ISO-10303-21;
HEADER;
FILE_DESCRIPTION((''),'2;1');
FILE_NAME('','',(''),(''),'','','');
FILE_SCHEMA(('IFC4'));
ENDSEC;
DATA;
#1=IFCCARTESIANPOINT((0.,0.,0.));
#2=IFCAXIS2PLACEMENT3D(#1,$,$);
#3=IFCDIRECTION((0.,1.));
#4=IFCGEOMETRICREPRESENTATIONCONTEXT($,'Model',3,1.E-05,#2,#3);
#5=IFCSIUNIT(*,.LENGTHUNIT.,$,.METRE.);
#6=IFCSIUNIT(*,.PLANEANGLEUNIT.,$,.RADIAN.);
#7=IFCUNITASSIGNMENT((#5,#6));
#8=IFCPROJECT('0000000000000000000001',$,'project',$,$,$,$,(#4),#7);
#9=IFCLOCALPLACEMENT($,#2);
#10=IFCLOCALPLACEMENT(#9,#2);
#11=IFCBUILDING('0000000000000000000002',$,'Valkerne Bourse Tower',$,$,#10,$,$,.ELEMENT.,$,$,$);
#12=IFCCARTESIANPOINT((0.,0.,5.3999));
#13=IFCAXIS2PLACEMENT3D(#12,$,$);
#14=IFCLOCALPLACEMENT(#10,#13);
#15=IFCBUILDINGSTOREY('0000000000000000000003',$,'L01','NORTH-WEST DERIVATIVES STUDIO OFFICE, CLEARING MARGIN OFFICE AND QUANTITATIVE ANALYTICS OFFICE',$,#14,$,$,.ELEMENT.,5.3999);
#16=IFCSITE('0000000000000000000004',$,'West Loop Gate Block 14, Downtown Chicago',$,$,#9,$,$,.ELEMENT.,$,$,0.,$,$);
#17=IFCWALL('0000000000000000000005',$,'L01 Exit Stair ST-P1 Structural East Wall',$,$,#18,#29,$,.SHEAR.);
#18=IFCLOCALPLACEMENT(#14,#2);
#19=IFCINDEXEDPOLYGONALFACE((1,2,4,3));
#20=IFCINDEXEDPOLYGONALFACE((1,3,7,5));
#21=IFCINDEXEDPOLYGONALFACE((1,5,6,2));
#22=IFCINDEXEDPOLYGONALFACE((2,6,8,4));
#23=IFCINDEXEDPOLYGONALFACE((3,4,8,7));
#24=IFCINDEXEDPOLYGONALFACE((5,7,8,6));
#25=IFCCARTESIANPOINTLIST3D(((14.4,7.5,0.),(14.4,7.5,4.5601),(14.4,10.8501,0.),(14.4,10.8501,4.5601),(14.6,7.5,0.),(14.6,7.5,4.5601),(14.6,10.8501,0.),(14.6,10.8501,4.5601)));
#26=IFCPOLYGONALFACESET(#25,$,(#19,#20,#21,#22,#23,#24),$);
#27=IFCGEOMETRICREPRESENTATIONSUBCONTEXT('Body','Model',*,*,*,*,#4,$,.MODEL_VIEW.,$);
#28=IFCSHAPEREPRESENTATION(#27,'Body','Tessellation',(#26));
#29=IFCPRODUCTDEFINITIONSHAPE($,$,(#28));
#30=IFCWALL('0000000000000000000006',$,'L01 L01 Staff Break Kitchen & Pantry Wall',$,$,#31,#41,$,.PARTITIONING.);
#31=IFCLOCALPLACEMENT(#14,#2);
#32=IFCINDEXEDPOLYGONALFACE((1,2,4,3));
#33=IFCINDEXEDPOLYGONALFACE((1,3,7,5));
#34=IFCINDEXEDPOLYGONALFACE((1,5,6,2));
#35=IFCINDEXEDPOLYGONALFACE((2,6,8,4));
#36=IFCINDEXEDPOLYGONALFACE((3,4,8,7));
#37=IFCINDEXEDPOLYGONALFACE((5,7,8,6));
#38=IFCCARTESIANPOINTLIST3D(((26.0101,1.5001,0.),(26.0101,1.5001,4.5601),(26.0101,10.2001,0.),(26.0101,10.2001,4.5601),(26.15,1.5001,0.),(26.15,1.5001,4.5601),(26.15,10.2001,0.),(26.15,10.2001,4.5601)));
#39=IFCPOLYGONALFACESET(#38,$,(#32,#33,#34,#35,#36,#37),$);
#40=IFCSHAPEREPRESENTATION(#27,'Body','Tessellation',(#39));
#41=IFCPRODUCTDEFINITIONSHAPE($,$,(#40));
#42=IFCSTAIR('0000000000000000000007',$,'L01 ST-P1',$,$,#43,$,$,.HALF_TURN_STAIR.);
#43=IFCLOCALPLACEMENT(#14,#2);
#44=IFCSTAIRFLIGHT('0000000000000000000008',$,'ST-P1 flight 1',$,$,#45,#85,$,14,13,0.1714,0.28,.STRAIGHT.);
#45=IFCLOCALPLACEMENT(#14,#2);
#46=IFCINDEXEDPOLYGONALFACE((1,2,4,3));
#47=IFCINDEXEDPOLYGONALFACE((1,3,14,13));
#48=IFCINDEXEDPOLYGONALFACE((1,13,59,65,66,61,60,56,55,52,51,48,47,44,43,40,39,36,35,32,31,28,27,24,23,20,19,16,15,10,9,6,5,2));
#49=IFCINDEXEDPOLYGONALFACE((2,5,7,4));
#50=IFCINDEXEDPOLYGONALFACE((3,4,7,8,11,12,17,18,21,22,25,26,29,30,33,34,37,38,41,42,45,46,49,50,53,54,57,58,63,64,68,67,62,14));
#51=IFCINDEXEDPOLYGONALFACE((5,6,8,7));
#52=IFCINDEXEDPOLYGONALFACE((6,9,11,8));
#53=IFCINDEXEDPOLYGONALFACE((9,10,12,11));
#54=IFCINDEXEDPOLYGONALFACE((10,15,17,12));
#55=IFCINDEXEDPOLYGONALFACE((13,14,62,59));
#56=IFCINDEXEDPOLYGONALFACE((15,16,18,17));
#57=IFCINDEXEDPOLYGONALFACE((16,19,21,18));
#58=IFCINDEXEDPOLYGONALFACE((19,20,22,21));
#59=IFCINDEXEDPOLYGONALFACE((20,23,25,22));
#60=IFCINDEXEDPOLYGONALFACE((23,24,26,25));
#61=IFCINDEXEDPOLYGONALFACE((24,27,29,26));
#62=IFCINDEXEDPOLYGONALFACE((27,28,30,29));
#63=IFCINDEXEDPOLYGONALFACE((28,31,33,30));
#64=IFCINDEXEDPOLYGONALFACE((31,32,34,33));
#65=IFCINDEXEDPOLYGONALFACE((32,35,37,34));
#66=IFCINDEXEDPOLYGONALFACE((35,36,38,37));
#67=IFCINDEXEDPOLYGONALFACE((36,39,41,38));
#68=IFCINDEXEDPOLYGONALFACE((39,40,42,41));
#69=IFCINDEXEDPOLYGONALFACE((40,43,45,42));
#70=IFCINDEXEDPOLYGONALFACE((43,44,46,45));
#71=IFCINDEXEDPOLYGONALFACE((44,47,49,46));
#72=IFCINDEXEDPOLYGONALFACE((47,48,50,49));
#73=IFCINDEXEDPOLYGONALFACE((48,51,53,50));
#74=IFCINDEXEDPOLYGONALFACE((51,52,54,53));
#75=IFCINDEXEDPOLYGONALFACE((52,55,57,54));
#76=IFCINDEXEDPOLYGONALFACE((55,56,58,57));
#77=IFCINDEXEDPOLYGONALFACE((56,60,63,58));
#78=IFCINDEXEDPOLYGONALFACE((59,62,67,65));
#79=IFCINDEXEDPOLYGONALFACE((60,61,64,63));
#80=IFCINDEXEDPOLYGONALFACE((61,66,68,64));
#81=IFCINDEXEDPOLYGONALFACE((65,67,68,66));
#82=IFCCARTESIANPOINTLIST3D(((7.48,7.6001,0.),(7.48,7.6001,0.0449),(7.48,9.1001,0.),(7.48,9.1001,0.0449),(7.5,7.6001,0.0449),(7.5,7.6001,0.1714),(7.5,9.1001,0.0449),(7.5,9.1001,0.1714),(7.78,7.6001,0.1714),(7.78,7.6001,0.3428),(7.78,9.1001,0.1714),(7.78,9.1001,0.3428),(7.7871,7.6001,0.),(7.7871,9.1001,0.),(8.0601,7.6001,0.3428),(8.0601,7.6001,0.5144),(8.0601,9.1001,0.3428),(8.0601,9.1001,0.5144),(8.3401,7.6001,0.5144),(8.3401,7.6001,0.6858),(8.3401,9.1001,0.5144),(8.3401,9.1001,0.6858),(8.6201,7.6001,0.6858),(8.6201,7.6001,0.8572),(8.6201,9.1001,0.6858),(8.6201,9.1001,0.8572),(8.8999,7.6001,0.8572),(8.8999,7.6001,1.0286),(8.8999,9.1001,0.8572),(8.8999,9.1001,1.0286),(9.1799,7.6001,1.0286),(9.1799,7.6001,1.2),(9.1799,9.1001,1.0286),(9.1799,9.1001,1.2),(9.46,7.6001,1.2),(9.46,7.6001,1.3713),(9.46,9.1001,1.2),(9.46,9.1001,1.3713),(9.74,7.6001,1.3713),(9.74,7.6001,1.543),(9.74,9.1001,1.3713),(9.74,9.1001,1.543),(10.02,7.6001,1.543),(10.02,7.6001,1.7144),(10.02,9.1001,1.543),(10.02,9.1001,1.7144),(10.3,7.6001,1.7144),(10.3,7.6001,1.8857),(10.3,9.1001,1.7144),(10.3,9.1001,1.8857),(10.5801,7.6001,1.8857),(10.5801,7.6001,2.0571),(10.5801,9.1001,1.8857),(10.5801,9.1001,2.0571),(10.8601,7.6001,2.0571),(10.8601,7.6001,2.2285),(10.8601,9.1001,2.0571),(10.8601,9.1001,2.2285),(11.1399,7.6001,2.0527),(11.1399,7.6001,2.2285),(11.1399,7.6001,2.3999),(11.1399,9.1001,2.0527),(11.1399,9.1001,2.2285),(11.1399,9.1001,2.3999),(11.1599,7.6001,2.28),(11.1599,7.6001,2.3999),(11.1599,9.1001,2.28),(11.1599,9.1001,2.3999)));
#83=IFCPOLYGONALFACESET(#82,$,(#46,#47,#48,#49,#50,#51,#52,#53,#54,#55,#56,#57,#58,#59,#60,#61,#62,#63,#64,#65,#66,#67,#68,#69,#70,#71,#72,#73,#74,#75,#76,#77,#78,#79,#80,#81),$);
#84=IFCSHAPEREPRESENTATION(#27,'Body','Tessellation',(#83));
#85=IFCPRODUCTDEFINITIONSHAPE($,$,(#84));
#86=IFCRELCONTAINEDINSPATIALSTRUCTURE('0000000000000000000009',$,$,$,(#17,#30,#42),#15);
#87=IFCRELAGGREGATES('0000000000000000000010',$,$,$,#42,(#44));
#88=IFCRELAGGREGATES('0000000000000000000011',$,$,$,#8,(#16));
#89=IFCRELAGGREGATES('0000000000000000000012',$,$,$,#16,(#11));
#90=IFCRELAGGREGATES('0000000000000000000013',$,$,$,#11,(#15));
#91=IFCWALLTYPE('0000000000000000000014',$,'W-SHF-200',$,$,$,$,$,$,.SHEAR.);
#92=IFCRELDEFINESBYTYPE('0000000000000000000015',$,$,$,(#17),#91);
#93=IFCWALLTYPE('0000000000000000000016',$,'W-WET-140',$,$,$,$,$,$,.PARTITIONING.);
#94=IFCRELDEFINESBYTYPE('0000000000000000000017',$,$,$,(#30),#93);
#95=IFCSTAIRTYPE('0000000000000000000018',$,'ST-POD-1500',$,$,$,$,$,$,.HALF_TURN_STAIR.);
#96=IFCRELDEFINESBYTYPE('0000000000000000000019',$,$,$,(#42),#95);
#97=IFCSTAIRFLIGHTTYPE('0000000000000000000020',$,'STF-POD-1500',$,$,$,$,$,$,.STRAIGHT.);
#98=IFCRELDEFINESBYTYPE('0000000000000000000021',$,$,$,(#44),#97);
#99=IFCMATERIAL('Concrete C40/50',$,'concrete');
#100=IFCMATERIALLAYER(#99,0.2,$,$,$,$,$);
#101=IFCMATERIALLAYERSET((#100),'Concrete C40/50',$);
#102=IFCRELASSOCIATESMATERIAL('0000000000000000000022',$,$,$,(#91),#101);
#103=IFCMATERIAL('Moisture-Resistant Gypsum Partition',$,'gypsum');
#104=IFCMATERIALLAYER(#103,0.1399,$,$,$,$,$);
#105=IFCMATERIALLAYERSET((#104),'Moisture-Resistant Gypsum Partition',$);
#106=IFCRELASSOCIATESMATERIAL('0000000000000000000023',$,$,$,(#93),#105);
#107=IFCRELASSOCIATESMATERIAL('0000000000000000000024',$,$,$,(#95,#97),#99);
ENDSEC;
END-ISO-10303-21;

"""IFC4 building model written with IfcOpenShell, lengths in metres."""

from ifc_helpers import new_model, si_unit, direction, frame, frame_2d, origin, place, context, subcontext, project, spatial, polyline, rectangle, outline, extrude, material, layer, layer_set, type_object, element, aggregate, save


model = new_model("IFC4")

# Units and contexts
model_context = context("Model", 3, precision=1e-05, world=origin(), true_north=direction((0.0, 1.0)))
body_context = subcontext(model_context, "Body", "Model", "MODEL_VIEW")
ifc_project = project(units=[si_unit("LENGTHUNIT", "METRE"), si_unit("PLANEANGLEUNIT", "RADIAN")], contexts=[model_context])

# Site, building, storey
site_placement = place(None, origin())
site = spatial("IfcSite", under=ifc_project, at=site_placement, Name="West Loop Gate Block 14, Downtown Chicago", CompositionType="ELEMENT", RefElevation=0.0)
building_placement = place(site_placement, origin())
building = spatial("IfcBuilding", under=site, at=building_placement, Name="Valkerne Bourse Tower", CompositionType="ELEMENT")
storey_placement = place(building_placement, frame((0.0, 0.0, 5.3999)))
storey = spatial("IfcBuildingStorey", under=building, at=storey_placement, Name="L01", Description="NORTH-WEST DERIVATIVES STUDIO OFFICE, CLEARING MARGIN OFFICE AND QUANTITATIVE ANALYTICS OFFICE", CompositionType="ELEMENT", Elevation=5.3999)

# Walls
ifc_material_1 = material(Name="Concrete C40/50", Category="concrete")
ifc_layer_1 = layer(ifc_material_1, 0.2)
ifc_layer_set_1 = layer_set([ifc_layer_1], Name="Concrete C40/50")
wall_type_1 = type_object("IfcWallType", Name="W-SHF-200", PredefinedType="SHEAR", material=ifc_layer_set_1)
wall_1_placement = place(storey_placement, frame((14.5, 7.5, 0.0), z_axis=(0.0, 0.0, 1.0), x_axis=(0.0, 1.0, 0.0)))
element("IfcWall", 1, at=wall_1_placement, inside=storey, type_object=wall_type_1, Name="L01 Exit Stair ST-P1 Structural East Wall", PredefinedType="SHEAR", context=body_context, shape_type="SweptSolid", body=[
    extrude(rectangle(XDim=3.3501, YDim=0.2, at=frame_2d((1.675, 0.0))), origin(), (0.0, 0.0, 1.0), 4.5601),
])
ifc_material_2 = material(Name="Moisture-Resistant Gypsum Partition", Category="gypsum")
ifc_layer_2 = layer(ifc_material_2, 0.1399)
ifc_layer_set_2 = layer_set([ifc_layer_2], Name="Moisture-Resistant Gypsum Partition")
wall_type_2 = type_object("IfcWallType", Name="W-WET-140", PredefinedType="PARTITIONING", material=ifc_layer_set_2)
wall_2_placement = place(storey_placement, frame((26.0801, 1.5, 0.0), z_axis=(0.0, 0.0, 1.0), x_axis=(0.0, 1.0, 0.0)))
element("IfcWall", 2, at=wall_2_placement, inside=storey, type_object=wall_type_2, Name="L01 L01 Staff Break Kitchen & Pantry Wall", PredefinedType="PARTITIONING", context=body_context, shape_type="SweptSolid", body=[
    extrude(rectangle(XDim=8.7, YDim=0.1399, at=frame_2d((4.3501, 0.0))), origin(), (0.0, 0.0, 1.0), 4.5601),
])

# Stair, stair flight
stair_type = type_object("IfcStairType", Name="ST-POD-1500", PredefinedType="HALF_TURN_STAIR", material=ifc_material_1)
stair_placement = place(storey_placement, origin())
stair = element("IfcStair", 3, at=stair_placement, inside=storey, type_object=stair_type, Name="L01 ST-P1", PredefinedType="HALF_TURN_STAIR")
stair_flight_type = type_object("IfcStairFlightType", Name="STF-POD-1500", PredefinedType="STRAIGHT", material=ifc_material_1)
stair_flight_placement = place(storey_placement, frame((7.5, 8.3501, 0.0), z_axis=(0.0, 0.0, 1.0), x_axis=(1.0, 0.0, 0.0)))
stair_flight = element("IfcStairFlight", 4, at=stair_flight_placement, type_object=stair_flight_type, Name="ST-P1 flight 1", NumberOfRisers=14, NumberOfTreads=13, PredefinedType="STRAIGHT", RiserHeight=0.1714, TreadLength=0.28, context=body_context, shape_type="SweptSolid", body=[
    extrude(outline(polyline([(-0.02, 0.0), (-0.02, 0.0449), (0.0, 0.0449), (0.0, 0.1714), (0.28, 0.1714), (0.28, 0.3428), (0.5601, 0.3428), (0.5601, 0.5144), (0.8401, 0.5144), (0.8401, 0.6858), (1.1201, 0.6858), (1.1201, 0.8572), (1.3999, 0.8572), (1.3999, 1.0286), (1.6799, 1.0286), (1.6799, 1.2), (1.96, 1.2), (1.96, 1.3713), (2.24, 1.3713), (2.24, 1.543), (2.52, 1.543), (2.52, 1.7144), (2.8, 1.7144), (2.8, 1.8857), (3.0801, 1.8857), (3.0801, 2.0571), (3.3601, 2.0571), (3.3601, 2.2285), (3.6399, 2.2285), (3.6399, 2.3999), (3.6599, 2.3999), (3.6599, 2.28), (3.6399, 2.0527), (0.2871, 0.0), (-0.02, 0.0)])), frame((0.0, 0.75, 0.0), z_axis=(0.0, -1.0, 0.0), x_axis=(1.0, 0.0, 0.0)), (0.0, 0.0, 1.0), 1.5),
])
aggregate(stair, [stair_flight])

save(model, "model.ifc")
